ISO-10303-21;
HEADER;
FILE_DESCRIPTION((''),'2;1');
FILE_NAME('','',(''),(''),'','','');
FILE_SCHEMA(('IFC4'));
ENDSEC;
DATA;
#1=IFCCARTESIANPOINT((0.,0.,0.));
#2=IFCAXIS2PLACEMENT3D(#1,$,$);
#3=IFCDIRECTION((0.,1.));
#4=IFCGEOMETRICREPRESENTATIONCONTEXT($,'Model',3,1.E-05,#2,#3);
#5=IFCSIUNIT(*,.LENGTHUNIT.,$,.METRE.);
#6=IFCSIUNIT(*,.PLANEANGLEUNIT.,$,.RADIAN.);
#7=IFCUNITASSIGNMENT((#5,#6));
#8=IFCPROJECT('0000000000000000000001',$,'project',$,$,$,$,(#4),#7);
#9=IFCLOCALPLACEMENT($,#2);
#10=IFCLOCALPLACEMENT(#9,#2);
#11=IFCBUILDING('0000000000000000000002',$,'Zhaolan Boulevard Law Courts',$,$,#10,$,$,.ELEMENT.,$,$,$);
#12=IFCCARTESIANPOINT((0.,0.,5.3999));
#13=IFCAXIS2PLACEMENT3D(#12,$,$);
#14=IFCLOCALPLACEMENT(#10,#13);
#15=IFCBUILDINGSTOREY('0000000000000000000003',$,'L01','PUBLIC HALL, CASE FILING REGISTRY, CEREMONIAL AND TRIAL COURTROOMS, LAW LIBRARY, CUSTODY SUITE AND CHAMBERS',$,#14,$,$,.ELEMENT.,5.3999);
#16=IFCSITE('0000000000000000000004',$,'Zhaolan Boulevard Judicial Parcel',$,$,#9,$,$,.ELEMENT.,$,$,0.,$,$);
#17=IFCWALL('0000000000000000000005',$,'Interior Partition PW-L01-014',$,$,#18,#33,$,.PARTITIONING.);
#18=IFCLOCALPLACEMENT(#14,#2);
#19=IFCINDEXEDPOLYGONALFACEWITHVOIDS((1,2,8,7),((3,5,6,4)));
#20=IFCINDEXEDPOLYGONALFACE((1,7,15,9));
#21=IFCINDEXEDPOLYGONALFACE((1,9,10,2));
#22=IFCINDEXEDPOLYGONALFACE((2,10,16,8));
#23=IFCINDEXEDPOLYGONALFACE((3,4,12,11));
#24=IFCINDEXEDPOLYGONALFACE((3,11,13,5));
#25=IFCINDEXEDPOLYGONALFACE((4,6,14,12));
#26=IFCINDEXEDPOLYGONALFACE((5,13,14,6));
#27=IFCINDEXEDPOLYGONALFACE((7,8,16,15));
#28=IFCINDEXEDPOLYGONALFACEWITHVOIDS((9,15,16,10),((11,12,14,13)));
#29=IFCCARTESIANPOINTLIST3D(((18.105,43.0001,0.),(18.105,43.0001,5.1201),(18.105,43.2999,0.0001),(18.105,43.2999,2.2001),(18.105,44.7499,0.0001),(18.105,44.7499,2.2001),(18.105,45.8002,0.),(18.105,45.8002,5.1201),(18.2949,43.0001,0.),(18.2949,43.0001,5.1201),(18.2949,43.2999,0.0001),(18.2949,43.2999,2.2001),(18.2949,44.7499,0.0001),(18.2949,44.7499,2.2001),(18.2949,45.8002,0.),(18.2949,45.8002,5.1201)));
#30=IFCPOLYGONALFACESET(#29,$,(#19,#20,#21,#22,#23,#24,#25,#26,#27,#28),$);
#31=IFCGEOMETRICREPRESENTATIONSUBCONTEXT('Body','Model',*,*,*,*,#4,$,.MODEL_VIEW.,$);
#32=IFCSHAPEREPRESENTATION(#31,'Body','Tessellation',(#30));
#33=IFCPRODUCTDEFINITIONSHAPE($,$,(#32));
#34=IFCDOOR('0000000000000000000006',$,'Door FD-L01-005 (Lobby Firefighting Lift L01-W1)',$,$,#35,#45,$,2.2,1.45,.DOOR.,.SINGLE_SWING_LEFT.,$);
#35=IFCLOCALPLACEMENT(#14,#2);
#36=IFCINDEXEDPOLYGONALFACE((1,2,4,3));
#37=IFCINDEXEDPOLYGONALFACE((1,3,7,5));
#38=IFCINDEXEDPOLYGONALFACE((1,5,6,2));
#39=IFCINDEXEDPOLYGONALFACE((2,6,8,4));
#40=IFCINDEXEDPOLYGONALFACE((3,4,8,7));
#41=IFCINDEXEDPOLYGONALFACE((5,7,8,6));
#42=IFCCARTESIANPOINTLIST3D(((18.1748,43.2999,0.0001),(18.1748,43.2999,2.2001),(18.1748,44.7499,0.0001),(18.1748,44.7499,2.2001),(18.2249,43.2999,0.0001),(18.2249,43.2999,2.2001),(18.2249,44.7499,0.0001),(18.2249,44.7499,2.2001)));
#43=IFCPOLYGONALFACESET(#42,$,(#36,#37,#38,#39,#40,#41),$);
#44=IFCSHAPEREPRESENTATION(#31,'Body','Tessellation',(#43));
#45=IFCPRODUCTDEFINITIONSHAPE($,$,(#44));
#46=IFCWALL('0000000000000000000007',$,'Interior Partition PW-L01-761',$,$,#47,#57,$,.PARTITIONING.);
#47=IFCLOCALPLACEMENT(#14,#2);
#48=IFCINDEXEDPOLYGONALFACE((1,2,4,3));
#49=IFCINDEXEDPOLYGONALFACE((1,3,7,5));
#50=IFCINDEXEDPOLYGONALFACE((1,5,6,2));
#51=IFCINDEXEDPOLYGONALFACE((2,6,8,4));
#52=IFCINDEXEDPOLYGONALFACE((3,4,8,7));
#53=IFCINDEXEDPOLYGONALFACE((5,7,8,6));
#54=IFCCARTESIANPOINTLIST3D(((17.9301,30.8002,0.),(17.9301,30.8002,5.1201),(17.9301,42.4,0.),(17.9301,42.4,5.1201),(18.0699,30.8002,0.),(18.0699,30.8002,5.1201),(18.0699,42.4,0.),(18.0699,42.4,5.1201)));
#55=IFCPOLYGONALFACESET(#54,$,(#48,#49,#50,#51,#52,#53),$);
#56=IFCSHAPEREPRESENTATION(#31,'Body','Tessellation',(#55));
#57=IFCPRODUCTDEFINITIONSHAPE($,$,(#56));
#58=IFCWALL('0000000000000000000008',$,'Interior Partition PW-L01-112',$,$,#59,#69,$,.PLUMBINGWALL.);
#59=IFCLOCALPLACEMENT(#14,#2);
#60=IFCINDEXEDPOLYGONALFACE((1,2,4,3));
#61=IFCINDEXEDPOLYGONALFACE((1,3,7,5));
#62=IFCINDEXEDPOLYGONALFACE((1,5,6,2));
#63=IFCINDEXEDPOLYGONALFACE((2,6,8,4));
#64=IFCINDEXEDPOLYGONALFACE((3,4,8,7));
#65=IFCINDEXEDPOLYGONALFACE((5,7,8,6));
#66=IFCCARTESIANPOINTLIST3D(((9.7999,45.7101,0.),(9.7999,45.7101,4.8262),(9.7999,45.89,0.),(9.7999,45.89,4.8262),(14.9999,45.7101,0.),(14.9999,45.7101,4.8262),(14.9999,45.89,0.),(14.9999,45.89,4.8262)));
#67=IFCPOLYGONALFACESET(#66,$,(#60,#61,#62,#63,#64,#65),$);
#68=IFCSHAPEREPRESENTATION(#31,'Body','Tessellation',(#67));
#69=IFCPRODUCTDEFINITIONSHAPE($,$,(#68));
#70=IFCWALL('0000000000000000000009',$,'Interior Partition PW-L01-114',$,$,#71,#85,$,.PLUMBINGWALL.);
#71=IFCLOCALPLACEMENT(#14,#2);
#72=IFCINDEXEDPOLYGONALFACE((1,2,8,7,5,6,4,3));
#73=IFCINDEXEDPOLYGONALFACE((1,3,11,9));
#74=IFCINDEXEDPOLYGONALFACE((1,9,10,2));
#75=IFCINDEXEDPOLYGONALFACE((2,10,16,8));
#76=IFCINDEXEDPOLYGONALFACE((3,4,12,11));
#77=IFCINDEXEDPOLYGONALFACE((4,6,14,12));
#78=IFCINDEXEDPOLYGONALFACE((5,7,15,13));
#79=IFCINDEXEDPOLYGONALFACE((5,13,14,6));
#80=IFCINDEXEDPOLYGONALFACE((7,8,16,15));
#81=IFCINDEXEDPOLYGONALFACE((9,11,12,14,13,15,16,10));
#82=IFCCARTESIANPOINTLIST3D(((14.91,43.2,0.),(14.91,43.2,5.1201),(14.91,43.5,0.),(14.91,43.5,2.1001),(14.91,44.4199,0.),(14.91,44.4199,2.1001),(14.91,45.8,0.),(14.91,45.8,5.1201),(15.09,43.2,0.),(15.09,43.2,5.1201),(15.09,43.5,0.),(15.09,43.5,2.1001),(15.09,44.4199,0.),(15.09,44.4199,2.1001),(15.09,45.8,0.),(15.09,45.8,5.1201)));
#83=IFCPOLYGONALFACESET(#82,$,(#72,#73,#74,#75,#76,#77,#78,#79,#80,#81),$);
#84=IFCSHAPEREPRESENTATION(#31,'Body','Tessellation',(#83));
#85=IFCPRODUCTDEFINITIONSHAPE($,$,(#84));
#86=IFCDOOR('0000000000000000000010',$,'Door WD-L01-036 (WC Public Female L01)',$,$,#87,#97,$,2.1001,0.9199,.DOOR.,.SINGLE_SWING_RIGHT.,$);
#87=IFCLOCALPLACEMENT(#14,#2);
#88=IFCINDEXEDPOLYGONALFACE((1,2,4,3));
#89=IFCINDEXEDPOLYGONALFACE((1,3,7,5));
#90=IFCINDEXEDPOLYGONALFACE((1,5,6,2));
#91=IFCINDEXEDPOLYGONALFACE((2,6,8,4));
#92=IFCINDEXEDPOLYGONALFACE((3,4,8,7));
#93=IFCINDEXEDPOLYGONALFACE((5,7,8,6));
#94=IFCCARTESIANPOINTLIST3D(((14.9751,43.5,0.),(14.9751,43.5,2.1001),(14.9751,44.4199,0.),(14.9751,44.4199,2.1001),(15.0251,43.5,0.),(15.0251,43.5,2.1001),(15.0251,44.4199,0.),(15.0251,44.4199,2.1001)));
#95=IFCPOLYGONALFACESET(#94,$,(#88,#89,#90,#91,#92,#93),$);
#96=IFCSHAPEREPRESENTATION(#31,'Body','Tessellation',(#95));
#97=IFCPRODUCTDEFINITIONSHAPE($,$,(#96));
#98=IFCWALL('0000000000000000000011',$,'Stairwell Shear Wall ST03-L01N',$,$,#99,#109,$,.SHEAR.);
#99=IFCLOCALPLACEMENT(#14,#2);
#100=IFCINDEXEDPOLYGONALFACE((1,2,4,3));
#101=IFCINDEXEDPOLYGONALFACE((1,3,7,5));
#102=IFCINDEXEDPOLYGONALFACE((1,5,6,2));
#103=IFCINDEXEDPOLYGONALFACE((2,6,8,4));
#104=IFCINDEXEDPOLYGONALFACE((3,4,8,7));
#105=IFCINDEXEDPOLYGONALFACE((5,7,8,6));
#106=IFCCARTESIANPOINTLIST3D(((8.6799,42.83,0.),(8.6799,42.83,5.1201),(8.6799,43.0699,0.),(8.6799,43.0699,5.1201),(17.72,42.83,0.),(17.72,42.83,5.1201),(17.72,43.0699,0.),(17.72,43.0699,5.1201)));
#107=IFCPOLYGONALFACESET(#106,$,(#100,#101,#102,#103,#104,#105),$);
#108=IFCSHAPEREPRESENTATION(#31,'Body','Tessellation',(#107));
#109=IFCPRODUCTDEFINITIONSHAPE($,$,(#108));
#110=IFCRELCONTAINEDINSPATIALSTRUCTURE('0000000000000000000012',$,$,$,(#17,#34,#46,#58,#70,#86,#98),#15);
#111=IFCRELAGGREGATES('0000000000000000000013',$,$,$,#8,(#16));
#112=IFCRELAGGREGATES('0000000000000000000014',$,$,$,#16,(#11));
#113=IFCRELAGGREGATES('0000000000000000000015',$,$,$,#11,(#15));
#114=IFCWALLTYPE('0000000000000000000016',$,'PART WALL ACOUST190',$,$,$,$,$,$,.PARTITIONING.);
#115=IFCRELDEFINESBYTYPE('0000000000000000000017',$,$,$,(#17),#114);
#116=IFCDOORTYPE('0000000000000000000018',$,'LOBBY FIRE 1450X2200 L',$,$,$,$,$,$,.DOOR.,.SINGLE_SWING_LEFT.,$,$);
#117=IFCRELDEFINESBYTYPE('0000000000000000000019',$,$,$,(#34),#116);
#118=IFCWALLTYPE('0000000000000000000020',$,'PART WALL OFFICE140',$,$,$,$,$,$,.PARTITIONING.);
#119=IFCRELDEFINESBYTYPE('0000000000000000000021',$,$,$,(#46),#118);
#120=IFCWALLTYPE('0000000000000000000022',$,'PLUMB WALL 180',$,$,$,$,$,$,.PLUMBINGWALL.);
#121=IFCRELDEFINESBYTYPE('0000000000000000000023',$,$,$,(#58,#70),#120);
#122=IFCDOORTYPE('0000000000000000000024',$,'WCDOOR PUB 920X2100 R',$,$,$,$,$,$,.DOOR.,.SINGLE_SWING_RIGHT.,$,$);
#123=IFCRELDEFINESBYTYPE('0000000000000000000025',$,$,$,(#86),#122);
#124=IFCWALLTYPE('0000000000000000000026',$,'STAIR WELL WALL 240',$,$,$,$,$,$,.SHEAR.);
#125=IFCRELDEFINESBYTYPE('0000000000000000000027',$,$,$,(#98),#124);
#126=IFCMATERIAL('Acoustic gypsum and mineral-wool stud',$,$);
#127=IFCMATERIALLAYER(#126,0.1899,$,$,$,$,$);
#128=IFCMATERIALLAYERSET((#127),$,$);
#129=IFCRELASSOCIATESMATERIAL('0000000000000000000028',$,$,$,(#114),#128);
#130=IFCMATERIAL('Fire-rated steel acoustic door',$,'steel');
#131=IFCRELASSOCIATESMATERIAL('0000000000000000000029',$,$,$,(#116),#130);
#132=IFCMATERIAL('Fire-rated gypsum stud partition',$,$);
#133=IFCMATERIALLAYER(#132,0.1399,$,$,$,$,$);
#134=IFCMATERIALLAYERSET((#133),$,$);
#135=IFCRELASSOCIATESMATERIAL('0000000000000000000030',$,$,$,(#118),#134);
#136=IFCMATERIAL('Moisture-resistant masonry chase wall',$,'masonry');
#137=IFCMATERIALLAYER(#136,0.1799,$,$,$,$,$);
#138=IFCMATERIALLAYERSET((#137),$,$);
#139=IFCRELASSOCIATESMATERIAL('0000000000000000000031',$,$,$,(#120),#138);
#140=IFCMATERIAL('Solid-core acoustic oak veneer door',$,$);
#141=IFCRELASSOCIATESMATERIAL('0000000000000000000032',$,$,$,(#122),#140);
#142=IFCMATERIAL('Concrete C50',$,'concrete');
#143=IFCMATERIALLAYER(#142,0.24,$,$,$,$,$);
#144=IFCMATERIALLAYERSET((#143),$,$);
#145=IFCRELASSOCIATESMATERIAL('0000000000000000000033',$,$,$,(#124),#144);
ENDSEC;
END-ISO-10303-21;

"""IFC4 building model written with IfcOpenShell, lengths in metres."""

from ifc_helpers import new_model, si_unit, direction, frame, frame_2d, origin, place, context, subcontext, project, spatial, rectangle, extrude, material, layer, layer_set, type_object, element, fill, save


model = new_model("IFC4")

# Units and contexts
model_context = context("Model", 3, precision=1e-05, world=origin(), true_north=direction((0.0, 1.0)))
body_context = subcontext(model_context, "Body", "Model", "MODEL_VIEW")
ifc_project = project(units=[si_unit("LENGTHUNIT", "METRE"), si_unit("PLANEANGLEUNIT", "RADIAN")], contexts=[model_context])

# Site, building, storey
site_placement = place(None, origin())
site = spatial("IfcSite", under=ifc_project, at=site_placement, Name="Zhaolan Boulevard Judicial Parcel", CompositionType="ELEMENT", RefElevation=0.0)
building_placement = place(site_placement, origin())
building = spatial("IfcBuilding", under=site, at=building_placement, Name="Zhaolan Boulevard Law Courts", CompositionType="ELEMENT")
storey_placement = place(building_placement, frame((0.0, 0.0, 5.3999)))
storey = spatial("IfcBuildingStorey", under=building, at=storey_placement, Name="L01", Description="PUBLIC HALL, CASE FILING REGISTRY, CEREMONIAL AND TRIAL COURTROOMS, LAW LIBRARY, CUSTODY SUITE AND CHAMBERS", CompositionType="ELEMENT", Elevation=5.3999)

# Shared definitions
ifc_material_1 = material(Name="Acoustic gypsum and mineral-wool stud")
ifc_layer_1 = layer(ifc_material_1, 0.1899)
ifc_layer_set_1 = layer_set([ifc_layer_1])
wall_type_1 = type_object("IfcWallType", Name="PART WALL ACOUST190", PredefinedType="PARTITIONING", material=ifc_layer_set_1)

# Wall, opening, door
wall_1_placement = place(storey_placement, frame((18.2, 45.8, 0.0), z_axis=(0.0, 0.0, 1.0), x_axis=(0.0, -1.0, 0.0)))
wall_1 = element("IfcWall", 1, at=wall_1_placement, inside=storey, type_object=wall_type_1, Name="Interior Partition PW-L01-014", PredefinedType="PARTITIONING", context=body_context, shape_type="SweptSolid", body=[
    extrude(rectangle(XDim=2.8, YDim=0.1899, at=frame_2d((1.3999, 0.0))), origin(), (0.0, 0.0, 1.0), 5.1201),
])
opening_1_placement = place(wall_1_placement, frame((1.05, 0.0, 0.0)))
opening_1 = element("IfcOpeningElement", 2, at=opening_1_placement, cuts=wall_1, PredefinedType="OPENING", context=body_context, shape_type="SweptSolid", body=[
    extrude(rectangle(XDim=1.45, YDim=2.2, at=frame_2d((0.7251, 1.1001))), frame((0.0, 0.105, 0.0), z_axis=(0.0, -1.0, 0.0), x_axis=(1.0, 0.0, 0.0)), (0.0, 0.0, 1.0), 0.21),
])
ifc_material_2 = material(Name="Fire-rated steel acoustic door", Category="steel")
door_type_1 = type_object("IfcDoorType", Name="LOBBY FIRE 1450X2200 L", OperationType="SINGLE_SWING_LEFT", PredefinedType="DOOR", material=ifc_material_2)
door_1_placement = place(opening_1_placement, origin())
door_1 = element("IfcDoor", 3, at=door_1_placement, inside=storey, type_object=door_type_1, Name="Door FD-L01-005 (Lobby Firefighting Lift L01-W1)", OperationType="SINGLE_SWING_LEFT", OverallHeight=2.2, OverallWidth=1.45, PredefinedType="DOOR", context=body_context, shape_type="SweptSolid", body=[
    extrude(rectangle(XDim=1.45, YDim=2.2, at=frame_2d((0.7251, 1.1001))), frame((0.0, 0.0249, 0.0), z_axis=(0.0, -1.0, 0.0), x_axis=(1.0, 0.0, 0.0)), (0.0, 0.0, 1.0), 0.05),
])
fill(opening_1, door_1)

# Walls
ifc_material_3 = material(Name="Fire-rated gypsum stud partition")
ifc_layer_2 = layer(ifc_material_3, 0.1399)
ifc_layer_set_2 = layer_set([ifc_layer_2])
wall_type_2 = type_object("IfcWallType", Name="PART WALL OFFICE140", PredefinedType="PARTITIONING", material=ifc_layer_set_2)
wall_2_placement = place(storey_placement, frame((18.0, 42.3999, 0.0), z_axis=(0.0, 0.0, 1.0), x_axis=(0.0, -1.0, 0.0)))
element("IfcWall", 4, at=wall_2_placement, inside=storey, type_object=wall_type_2, Name="Interior Partition PW-L01-761", PredefinedType="PARTITIONING", context=body_context, shape_type="SweptSolid", body=[
    extrude(rectangle(XDim=11.5999, YDim=0.1399, at=frame_2d((5.7998, 0.0))), origin(), (0.0, 0.0, 1.0), 5.1201),
])
ifc_material_4 = material(Name="Moisture-resistant masonry chase wall", Category="masonry")
ifc_layer_3 = layer(ifc_material_4, 0.1799)
ifc_layer_set_3 = layer_set([ifc_layer_3])
wall_type_3 = type_object("IfcWallType", Name="PLUMB WALL 180", PredefinedType="PLUMBINGWALL", material=ifc_layer_set_3)
wall_3_placement = place(storey_placement, frame((15.0, 45.8, 0.0), z_axis=(0.0, 0.0, 1.0), x_axis=(-1.0, 0.0, 0.0)))
element("IfcWall", 5, at=wall_3_placement, inside=storey, type_object=wall_type_3, Name="Interior Partition PW-L01-112", PredefinedType="PLUMBINGWALL", context=body_context, shape_type="SweptSolid", body=[
    extrude(rectangle(XDim=5.2, YDim=0.1799, at=frame_2d((2.6001, 0.0))), origin(), (0.0, 0.0, 1.0), 4.8262),
])

# Wall, opening, door
wall_4_placement = place(storey_placement, frame((15.0, 43.2, 0.0), z_axis=(0.0, 0.0, 1.0), x_axis=(0.0, 1.0, 0.0)))
wall_4 = element("IfcWall", 6, at=wall_4_placement, inside=storey, type_object=wall_type_3, Name="Interior Partition PW-L01-114", PredefinedType="PLUMBINGWALL", context=body_context, shape_type="SweptSolid", body=[
    extrude(rectangle(XDim=2.6001, YDim=0.1799, at=frame_2d((1.3, 0.0))), origin(), (0.0, 0.0, 1.0), 5.1201),
])
opening_2_placement = place(wall_4_placement, frame((0.3, 0.0, 0.0)))
opening_2 = element("IfcOpeningElement", 7, at=opening_2_placement, cuts=wall_4, PredefinedType="OPENING", context=body_context, shape_type="SweptSolid", body=[
    extrude(rectangle(XDim=0.9199, YDim=2.1001, at=frame_2d((0.46, 1.05))), frame((0.0, 0.0999, 0.0), z_axis=(0.0, -1.0, 0.0), x_axis=(1.0, 0.0, 0.0)), (0.0, 0.0, 1.0), 0.2),
])
ifc_material_5 = material(Name="Solid-core acoustic oak veneer door")
door_type_2 = type_object("IfcDoorType", Name="WCDOOR PUB 920X2100 R", OperationType="SINGLE_SWING_RIGHT", PredefinedType="DOOR", material=ifc_material_5)
door_2_placement = place(opening_2_placement, origin())
door_2 = element("IfcDoor", 8, at=door_2_placement, inside=storey, type_object=door_type_2, Name="Door WD-L01-036 (WC Public Female L01)", OperationType="SINGLE_SWING_RIGHT", OverallHeight=2.1001, OverallWidth=0.9199, PredefinedType="DOOR", context=body_context, shape_type="SweptSolid", body=[
    extrude(rectangle(XDim=0.9199, YDim=2.1001, at=frame_2d((0.46, 1.05))), frame((0.0, 0.0249, 0.0), z_axis=(0.0, -1.0, 0.0), x_axis=(1.0, 0.0, 0.0)), (0.0, 0.0, 1.0), 0.05),
])
fill(opening_2, door_2)

# Wall
ifc_material_6 = material(Name="Concrete C50", Category="concrete")
ifc_layer_4 = layer(ifc_material_6, 0.24)
ifc_layer_set_4 = layer_set([ifc_layer_4])
wall_type_4 = type_object("IfcWallType", Name="STAIR WELL WALL 240", PredefinedType="SHEAR", material=ifc_layer_set_4)
wall_5_placement = place(storey_placement, frame((17.72, 42.95, 0.0), z_axis=(0.0, 0.0, 1.0), x_axis=(-1.0, 0.0, 0.0)))
element("IfcWall", 9, at=wall_5_placement, inside=storey, type_object=wall_type_4, Name="Stairwell Shear Wall ST03-L01N", PredefinedType="SHEAR", context=body_context, shape_type="SweptSolid", body=[
    extrude(rectangle(XDim=9.04, YDim=0.24, at=frame_2d((4.52, 0.0))), origin(), (0.0, 0.0, 1.0), 5.1201),
])

save(model, "model.ifc")
